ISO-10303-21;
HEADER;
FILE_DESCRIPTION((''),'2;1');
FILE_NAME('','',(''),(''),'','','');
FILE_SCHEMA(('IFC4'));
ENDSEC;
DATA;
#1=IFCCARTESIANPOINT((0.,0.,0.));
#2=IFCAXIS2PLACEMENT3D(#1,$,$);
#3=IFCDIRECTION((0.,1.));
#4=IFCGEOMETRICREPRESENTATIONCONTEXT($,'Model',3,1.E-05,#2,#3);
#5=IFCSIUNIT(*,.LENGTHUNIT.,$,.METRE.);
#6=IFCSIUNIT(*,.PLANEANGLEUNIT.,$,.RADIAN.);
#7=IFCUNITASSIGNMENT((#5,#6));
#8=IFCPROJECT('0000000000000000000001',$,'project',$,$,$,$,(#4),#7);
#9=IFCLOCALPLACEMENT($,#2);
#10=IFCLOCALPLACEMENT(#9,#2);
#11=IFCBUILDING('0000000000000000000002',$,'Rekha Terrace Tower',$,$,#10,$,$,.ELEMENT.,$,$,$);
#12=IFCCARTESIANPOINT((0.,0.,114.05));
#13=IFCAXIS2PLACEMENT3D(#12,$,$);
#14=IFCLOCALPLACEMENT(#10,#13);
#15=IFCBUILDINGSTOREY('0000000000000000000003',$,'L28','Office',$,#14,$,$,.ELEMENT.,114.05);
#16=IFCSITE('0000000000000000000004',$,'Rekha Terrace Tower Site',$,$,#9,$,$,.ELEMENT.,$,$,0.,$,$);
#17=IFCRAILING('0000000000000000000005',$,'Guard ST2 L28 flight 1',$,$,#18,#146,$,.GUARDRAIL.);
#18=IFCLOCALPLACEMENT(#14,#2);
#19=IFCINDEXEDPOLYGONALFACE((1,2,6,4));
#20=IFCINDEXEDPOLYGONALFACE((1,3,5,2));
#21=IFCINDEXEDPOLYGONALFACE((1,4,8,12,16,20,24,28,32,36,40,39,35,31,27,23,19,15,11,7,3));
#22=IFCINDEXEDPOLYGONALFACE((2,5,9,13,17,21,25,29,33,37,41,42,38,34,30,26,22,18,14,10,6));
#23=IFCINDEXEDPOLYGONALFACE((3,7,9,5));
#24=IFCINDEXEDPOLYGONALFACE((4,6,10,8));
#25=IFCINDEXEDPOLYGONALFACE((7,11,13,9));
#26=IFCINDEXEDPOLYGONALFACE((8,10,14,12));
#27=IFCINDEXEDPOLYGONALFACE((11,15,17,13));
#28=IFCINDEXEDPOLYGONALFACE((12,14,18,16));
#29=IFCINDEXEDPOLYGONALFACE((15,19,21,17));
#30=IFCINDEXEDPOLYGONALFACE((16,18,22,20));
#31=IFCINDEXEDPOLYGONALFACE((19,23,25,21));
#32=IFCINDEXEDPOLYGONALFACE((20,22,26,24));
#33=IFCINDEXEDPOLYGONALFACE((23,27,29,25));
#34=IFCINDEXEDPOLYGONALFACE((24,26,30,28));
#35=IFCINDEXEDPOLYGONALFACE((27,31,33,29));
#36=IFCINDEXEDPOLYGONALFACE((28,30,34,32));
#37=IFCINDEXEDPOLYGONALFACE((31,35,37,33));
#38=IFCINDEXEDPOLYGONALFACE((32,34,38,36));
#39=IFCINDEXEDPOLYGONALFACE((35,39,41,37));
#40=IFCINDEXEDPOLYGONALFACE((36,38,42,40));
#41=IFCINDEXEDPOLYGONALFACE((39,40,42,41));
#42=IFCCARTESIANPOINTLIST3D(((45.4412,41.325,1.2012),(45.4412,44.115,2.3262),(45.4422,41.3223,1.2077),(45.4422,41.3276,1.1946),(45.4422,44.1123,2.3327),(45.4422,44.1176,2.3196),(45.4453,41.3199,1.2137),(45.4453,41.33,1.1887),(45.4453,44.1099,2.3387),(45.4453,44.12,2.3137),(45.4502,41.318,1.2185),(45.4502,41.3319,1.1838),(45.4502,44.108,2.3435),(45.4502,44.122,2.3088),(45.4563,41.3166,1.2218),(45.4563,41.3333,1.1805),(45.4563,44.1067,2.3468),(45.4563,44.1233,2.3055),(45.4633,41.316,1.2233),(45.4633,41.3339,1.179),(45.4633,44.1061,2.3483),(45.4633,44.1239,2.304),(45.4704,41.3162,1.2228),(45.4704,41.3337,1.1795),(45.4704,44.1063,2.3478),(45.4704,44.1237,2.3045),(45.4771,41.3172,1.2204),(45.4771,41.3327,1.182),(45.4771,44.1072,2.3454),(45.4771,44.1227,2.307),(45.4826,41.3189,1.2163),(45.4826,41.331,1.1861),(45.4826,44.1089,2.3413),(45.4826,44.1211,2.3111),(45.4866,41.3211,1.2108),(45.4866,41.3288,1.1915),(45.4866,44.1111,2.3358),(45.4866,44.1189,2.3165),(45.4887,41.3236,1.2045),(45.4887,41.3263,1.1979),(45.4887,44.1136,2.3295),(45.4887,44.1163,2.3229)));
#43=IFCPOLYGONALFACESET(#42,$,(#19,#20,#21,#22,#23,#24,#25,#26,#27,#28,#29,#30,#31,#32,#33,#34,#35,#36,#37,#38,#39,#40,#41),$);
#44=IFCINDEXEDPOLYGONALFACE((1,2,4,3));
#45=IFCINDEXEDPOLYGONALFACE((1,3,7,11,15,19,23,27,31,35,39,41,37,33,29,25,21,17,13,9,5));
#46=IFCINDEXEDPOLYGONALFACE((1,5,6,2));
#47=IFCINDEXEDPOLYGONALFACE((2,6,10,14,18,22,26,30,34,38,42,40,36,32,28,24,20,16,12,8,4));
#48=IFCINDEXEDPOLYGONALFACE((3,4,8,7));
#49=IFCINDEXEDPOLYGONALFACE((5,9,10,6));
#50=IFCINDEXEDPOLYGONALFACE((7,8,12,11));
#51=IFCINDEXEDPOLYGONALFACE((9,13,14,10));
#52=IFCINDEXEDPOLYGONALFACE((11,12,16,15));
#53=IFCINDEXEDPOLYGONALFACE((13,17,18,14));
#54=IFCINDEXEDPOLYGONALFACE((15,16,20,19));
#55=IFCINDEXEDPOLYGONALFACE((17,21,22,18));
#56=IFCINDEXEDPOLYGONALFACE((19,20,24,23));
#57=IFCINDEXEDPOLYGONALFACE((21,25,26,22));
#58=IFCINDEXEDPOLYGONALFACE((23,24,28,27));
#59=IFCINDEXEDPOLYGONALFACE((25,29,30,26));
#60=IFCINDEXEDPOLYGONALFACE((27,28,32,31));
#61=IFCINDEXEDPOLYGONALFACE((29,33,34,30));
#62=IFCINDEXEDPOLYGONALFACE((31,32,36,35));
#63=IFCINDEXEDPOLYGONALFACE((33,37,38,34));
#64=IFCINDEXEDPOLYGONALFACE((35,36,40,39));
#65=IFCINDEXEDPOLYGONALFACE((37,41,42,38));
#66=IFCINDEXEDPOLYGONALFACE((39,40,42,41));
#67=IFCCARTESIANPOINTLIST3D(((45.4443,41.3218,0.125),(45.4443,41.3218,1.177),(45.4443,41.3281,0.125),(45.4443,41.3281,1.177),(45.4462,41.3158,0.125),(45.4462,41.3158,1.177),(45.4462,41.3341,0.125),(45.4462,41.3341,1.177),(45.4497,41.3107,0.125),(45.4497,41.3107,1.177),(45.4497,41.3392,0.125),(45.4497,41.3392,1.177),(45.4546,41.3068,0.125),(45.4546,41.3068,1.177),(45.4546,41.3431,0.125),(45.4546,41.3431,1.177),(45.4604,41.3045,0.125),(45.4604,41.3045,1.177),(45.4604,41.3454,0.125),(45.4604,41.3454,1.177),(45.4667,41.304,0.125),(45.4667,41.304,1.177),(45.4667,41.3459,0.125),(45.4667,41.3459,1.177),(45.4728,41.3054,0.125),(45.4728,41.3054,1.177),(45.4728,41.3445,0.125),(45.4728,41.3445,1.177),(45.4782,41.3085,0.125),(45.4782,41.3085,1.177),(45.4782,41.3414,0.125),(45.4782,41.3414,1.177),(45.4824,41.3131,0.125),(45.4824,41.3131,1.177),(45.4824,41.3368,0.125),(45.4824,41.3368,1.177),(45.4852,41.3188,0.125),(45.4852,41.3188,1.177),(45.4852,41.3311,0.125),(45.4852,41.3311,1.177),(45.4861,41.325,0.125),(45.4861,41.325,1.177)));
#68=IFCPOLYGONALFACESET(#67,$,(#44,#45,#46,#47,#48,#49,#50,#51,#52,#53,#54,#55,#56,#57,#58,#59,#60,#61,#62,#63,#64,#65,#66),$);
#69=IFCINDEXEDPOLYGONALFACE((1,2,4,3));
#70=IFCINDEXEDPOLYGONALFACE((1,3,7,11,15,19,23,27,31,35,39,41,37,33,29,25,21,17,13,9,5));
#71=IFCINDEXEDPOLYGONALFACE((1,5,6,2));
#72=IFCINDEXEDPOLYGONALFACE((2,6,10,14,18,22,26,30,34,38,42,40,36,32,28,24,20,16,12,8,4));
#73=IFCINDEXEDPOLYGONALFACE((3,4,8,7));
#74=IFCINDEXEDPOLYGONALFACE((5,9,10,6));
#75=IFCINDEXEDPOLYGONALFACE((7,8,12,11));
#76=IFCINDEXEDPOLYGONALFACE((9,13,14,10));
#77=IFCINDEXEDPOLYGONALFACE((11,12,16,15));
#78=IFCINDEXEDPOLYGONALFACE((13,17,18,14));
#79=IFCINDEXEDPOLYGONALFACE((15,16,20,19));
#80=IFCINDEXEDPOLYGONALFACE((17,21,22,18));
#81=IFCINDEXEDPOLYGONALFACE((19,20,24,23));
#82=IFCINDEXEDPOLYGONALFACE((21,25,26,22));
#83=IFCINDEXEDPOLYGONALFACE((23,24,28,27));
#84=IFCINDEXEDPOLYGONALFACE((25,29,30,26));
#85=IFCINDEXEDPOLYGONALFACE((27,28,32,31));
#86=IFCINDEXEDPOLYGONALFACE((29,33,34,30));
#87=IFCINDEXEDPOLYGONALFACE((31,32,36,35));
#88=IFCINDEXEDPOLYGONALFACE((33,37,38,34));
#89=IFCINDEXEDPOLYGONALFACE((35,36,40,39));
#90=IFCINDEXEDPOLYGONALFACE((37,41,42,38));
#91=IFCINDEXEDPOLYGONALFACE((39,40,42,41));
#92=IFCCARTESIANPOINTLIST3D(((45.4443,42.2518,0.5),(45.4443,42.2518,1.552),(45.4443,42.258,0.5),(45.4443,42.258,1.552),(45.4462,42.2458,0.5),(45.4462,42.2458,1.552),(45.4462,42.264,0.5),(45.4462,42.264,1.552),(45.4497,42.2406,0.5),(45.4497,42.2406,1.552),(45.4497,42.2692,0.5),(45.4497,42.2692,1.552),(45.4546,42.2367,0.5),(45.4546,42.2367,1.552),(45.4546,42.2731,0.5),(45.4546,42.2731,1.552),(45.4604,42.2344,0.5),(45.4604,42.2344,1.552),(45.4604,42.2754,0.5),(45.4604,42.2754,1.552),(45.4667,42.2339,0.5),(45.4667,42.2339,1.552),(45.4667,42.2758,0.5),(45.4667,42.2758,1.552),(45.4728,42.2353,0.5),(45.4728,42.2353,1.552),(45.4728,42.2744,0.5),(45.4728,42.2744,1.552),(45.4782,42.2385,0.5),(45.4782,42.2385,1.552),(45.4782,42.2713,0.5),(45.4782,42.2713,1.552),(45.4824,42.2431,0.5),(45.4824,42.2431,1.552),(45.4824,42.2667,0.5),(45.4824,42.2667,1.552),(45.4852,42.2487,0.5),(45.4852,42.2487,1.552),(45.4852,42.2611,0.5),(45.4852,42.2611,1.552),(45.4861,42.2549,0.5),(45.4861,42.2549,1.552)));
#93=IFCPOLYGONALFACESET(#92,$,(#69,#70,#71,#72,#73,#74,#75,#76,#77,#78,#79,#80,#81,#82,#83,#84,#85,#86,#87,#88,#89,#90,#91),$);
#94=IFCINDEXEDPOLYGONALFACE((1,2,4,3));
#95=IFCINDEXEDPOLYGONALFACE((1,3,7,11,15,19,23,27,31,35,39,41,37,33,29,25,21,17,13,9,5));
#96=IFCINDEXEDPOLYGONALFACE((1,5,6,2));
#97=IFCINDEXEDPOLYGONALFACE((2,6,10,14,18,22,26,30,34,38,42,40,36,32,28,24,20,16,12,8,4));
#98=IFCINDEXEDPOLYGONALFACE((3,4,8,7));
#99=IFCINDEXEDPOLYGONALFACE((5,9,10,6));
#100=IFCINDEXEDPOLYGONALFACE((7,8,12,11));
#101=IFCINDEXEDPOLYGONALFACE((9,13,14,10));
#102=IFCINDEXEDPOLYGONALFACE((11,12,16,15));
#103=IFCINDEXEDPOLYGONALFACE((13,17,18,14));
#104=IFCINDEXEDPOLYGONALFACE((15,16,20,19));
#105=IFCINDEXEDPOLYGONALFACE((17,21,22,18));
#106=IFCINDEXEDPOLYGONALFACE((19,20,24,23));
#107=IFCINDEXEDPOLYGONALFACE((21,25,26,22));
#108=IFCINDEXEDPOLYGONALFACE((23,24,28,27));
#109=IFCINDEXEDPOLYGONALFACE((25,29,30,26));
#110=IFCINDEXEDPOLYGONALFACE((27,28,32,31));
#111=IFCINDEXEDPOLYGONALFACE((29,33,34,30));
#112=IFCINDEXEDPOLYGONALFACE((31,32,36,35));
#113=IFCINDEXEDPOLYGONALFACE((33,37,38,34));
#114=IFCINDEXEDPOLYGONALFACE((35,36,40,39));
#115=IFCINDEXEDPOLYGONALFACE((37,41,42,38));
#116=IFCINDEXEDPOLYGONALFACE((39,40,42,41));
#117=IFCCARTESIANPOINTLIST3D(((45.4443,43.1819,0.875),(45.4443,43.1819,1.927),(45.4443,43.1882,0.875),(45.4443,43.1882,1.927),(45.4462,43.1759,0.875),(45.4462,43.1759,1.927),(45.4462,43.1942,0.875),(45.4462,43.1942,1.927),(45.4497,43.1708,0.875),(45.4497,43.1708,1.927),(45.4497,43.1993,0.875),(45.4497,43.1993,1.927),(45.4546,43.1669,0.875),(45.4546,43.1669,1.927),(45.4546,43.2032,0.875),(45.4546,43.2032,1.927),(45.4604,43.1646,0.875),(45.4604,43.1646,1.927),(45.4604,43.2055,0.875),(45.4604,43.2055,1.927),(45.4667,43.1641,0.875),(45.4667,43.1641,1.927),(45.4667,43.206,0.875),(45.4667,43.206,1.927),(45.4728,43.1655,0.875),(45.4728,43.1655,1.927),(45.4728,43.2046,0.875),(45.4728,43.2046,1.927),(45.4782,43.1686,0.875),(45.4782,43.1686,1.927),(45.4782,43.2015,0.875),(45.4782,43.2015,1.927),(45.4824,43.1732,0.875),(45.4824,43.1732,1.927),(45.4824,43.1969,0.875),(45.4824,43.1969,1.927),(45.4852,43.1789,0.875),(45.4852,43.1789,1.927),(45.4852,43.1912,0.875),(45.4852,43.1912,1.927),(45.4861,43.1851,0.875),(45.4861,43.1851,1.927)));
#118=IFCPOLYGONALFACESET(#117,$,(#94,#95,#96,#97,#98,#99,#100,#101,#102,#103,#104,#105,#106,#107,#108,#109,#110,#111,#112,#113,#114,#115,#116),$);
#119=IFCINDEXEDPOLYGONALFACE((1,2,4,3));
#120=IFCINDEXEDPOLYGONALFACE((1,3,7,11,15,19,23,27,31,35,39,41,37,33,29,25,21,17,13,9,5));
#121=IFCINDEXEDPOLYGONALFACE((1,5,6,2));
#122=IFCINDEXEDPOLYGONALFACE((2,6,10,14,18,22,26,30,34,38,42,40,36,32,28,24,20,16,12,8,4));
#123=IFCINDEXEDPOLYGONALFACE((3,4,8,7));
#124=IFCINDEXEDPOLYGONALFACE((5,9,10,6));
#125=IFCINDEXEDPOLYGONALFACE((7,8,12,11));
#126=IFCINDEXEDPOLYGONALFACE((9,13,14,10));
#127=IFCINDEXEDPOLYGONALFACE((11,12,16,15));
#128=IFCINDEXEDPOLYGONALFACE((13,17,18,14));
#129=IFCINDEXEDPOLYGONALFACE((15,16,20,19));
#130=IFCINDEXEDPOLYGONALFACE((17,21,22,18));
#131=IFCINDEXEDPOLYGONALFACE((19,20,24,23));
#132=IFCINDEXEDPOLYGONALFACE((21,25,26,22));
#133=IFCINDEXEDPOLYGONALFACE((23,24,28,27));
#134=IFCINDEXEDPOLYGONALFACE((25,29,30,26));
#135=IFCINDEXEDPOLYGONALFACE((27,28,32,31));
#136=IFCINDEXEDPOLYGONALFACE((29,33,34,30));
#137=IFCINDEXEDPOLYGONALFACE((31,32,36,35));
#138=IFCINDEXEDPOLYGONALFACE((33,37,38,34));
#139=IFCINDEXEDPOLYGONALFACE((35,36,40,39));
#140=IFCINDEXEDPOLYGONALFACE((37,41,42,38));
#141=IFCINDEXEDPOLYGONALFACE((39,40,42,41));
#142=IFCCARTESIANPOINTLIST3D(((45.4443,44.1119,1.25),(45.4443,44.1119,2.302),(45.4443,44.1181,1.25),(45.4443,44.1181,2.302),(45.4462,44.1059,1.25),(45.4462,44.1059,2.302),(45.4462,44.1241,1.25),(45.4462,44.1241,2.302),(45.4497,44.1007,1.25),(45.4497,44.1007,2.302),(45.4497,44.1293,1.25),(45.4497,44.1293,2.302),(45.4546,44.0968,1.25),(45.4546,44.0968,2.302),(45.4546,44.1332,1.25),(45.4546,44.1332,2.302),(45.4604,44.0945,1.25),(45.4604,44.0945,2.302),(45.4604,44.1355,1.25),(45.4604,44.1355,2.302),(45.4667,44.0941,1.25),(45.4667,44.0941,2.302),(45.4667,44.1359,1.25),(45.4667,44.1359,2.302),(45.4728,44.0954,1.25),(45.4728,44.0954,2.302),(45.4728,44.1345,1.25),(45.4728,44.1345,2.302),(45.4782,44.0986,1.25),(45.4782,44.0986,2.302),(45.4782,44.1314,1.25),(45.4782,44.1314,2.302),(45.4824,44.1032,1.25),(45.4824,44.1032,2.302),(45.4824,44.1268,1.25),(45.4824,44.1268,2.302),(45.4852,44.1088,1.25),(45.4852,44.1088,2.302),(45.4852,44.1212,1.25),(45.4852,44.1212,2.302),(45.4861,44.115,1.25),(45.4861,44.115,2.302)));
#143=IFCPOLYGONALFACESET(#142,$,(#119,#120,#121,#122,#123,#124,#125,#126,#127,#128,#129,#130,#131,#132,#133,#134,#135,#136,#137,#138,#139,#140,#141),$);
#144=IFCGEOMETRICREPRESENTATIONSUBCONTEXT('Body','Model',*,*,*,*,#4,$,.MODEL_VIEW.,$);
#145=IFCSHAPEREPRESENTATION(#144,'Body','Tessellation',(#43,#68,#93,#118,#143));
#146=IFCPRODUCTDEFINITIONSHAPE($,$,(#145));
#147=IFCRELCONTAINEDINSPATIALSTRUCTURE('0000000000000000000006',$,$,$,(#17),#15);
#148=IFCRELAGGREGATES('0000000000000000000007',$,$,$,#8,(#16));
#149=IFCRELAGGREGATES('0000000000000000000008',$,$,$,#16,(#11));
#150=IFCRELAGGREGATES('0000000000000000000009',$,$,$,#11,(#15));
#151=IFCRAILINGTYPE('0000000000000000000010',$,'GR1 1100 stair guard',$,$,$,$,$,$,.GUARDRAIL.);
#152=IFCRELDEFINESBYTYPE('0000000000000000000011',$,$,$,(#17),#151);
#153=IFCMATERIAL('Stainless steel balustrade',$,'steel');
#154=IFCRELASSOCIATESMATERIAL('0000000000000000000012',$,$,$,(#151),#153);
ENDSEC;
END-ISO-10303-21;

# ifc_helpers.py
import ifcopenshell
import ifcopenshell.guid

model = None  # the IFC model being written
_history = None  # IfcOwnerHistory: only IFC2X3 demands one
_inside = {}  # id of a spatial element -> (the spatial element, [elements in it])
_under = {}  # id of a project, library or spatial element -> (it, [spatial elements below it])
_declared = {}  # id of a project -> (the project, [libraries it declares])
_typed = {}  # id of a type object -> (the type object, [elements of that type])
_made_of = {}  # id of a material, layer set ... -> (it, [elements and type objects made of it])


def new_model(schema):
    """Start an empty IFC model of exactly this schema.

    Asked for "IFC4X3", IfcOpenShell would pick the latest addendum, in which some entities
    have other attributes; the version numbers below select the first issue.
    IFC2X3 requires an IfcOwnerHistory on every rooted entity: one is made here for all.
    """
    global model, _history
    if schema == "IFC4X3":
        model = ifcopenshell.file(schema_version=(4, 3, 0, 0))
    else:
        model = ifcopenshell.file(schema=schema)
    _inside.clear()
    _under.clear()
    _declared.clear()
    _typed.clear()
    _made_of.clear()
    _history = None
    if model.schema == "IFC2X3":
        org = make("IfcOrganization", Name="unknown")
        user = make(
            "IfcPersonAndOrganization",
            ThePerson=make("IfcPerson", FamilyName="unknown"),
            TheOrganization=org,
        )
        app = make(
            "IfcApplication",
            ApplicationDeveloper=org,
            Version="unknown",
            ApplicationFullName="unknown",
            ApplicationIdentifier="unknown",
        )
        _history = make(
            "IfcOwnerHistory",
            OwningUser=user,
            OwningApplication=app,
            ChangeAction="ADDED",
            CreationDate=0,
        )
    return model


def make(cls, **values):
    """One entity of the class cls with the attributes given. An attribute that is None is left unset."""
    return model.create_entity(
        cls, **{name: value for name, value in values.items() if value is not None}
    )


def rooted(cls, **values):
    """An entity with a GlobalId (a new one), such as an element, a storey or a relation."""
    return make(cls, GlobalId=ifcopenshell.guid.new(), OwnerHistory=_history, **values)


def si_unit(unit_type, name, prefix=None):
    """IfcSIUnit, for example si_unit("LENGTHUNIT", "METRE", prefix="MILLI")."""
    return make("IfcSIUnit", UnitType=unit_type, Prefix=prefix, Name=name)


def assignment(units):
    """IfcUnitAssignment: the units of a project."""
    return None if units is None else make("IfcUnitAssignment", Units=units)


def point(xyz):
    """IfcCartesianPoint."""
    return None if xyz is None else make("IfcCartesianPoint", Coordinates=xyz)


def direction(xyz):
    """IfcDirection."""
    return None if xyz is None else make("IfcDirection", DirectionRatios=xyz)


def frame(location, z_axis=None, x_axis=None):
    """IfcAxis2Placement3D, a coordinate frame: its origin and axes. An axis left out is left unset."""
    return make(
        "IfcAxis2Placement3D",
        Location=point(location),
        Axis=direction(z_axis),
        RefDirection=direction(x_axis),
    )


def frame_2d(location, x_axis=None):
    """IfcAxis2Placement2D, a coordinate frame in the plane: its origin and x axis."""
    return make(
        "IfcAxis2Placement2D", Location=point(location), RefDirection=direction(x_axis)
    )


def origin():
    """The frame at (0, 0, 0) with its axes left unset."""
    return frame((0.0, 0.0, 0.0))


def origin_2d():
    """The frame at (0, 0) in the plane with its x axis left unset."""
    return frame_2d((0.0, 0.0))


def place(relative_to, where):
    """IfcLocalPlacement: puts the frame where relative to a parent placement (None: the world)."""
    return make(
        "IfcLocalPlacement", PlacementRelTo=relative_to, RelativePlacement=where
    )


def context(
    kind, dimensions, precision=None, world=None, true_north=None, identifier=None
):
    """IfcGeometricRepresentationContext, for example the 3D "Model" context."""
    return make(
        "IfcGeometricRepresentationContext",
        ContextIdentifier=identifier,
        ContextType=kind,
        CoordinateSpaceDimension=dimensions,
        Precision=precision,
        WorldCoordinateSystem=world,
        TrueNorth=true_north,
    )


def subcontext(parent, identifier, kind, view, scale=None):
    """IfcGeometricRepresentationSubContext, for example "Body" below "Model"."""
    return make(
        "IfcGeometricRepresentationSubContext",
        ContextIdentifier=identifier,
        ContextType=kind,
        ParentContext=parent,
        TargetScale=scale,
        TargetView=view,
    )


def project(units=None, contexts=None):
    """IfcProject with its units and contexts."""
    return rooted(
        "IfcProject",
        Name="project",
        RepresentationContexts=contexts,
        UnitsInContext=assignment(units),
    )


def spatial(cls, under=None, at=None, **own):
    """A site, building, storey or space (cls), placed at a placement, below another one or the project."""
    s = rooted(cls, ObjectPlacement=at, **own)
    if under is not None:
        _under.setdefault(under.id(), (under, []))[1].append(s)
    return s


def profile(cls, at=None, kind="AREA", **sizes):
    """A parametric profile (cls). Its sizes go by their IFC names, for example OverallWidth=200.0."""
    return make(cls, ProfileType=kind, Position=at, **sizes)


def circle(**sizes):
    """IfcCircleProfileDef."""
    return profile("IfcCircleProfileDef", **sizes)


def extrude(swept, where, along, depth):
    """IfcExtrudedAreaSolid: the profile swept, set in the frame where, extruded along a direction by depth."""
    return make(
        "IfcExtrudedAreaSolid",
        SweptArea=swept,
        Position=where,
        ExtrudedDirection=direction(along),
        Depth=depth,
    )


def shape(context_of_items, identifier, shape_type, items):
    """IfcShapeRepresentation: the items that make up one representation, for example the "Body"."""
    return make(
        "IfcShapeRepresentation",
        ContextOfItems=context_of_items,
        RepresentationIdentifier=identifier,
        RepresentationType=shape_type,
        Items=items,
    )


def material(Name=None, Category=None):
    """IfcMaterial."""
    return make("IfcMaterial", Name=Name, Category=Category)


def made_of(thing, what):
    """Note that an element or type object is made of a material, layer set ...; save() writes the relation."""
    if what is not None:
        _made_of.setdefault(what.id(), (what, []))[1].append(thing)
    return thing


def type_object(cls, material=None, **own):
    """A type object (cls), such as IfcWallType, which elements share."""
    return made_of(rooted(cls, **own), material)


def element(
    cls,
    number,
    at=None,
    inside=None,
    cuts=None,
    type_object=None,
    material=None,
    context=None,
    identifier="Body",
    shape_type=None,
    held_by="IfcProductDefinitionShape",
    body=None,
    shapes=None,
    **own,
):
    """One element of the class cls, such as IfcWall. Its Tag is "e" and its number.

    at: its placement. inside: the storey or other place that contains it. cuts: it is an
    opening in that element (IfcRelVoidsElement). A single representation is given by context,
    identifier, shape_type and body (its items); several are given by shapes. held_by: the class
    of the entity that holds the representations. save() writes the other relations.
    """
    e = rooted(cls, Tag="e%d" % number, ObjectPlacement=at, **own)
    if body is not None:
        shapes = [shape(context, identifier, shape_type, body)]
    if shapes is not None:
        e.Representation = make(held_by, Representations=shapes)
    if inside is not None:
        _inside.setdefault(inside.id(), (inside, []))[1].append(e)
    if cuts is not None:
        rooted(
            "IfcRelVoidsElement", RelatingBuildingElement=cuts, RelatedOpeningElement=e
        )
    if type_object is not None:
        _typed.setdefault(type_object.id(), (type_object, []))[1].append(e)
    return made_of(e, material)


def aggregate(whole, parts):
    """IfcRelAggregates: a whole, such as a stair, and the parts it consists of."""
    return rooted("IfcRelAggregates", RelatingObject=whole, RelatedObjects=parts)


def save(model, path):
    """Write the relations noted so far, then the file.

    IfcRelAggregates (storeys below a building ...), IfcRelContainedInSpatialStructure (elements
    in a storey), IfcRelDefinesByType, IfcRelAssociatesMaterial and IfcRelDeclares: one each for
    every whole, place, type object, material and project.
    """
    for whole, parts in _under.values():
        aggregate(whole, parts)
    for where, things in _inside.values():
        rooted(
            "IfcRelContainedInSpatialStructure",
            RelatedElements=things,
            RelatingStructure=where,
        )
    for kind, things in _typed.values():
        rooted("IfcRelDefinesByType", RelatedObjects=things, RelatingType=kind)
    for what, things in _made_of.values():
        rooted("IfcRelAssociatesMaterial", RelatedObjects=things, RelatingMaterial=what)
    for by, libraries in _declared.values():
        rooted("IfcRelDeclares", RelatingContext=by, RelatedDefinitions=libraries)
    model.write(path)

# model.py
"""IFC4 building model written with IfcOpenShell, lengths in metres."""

from ifc_helpers import new_model, si_unit, direction, frame, origin, origin_2d, place, context, subcontext, project, spatial, circle, extrude, material, type_object, element, save


model = new_model("IFC4")

# Units and contexts
model_context = context("Model", 3, precision=1e-05, world=origin(), true_north=direction((0.0, 1.0)))
body_context = subcontext(model_context, "Body", "Model", "MODEL_VIEW")
ifc_project = project(units=[si_unit("LENGTHUNIT", "METRE"), si_unit("PLANEANGLEUNIT", "RADIAN")], contexts=[model_context])

# Site, building, storey
site_placement = place(None, origin())
site = spatial("IfcSite", under=ifc_project, at=site_placement, Name="Rekha Terrace Tower Site", CompositionType="ELEMENT", RefElevation=0.0)
building_placement = place(site_placement, origin())
building = spatial("IfcBuilding", under=site, at=building_placement, Name="Rekha Terrace Tower", CompositionType="ELEMENT")
storey_placement = place(building_placement, frame((0.0, 0.0, 114.05)))
storey = spatial("IfcBuildingStorey", under=building, at=storey_placement, Name="L28", Description="Office", CompositionType="ELEMENT", Elevation=114.05)

# Railing
ifc_material_1 = material(Name="Stainless steel balustrade", Category="steel")
railing_type_1 = type_object("IfcRailingType", Name="GR1 1100 stair guard", PredefinedType="GUARDRAIL", material=ifc_material_1)
railing_1_placement = place(storey_placement, frame((45.4651, 41.325, 0.125)))
element("IfcRailing", 1, at=railing_1_placement, inside=storey, type_object=railing_type_1, Name="Guard ST2 L28 flight 1", PredefinedType="GUARDRAIL", context=body_context, shape_type="SweptSolid", body=[
    extrude(circle(Radius=0.0239, at=origin_2d()), frame((0.0, 0.0, 1.0762), z_axis=(0.0, 0.927443, 0.373964), x_axis=(-1.0, 0.0, 0.0)), (0.0, 0.0, 1.0), 3.0083),
    extrude(circle(Radius=0.021, at=origin_2d()), origin(), (0.0, 0.0, 1.0), 1.052),
    extrude(circle(Radius=0.021, at=origin_2d()), frame((0.0, 0.9299, 0.375)), (0.0, 0.0, 1.0), 1.052),
    extrude(circle(Radius=0.021, at=origin_2d()), frame((0.0, 1.8601, 0.75)), (0.0, 0.0, 1.0), 1.052),
    extrude(circle(Radius=0.021, at=origin_2d()), frame((0.0, 2.79, 1.125)), (0.0, 0.0, 1.0), 1.052),
])

save(model, "model.ifc")
